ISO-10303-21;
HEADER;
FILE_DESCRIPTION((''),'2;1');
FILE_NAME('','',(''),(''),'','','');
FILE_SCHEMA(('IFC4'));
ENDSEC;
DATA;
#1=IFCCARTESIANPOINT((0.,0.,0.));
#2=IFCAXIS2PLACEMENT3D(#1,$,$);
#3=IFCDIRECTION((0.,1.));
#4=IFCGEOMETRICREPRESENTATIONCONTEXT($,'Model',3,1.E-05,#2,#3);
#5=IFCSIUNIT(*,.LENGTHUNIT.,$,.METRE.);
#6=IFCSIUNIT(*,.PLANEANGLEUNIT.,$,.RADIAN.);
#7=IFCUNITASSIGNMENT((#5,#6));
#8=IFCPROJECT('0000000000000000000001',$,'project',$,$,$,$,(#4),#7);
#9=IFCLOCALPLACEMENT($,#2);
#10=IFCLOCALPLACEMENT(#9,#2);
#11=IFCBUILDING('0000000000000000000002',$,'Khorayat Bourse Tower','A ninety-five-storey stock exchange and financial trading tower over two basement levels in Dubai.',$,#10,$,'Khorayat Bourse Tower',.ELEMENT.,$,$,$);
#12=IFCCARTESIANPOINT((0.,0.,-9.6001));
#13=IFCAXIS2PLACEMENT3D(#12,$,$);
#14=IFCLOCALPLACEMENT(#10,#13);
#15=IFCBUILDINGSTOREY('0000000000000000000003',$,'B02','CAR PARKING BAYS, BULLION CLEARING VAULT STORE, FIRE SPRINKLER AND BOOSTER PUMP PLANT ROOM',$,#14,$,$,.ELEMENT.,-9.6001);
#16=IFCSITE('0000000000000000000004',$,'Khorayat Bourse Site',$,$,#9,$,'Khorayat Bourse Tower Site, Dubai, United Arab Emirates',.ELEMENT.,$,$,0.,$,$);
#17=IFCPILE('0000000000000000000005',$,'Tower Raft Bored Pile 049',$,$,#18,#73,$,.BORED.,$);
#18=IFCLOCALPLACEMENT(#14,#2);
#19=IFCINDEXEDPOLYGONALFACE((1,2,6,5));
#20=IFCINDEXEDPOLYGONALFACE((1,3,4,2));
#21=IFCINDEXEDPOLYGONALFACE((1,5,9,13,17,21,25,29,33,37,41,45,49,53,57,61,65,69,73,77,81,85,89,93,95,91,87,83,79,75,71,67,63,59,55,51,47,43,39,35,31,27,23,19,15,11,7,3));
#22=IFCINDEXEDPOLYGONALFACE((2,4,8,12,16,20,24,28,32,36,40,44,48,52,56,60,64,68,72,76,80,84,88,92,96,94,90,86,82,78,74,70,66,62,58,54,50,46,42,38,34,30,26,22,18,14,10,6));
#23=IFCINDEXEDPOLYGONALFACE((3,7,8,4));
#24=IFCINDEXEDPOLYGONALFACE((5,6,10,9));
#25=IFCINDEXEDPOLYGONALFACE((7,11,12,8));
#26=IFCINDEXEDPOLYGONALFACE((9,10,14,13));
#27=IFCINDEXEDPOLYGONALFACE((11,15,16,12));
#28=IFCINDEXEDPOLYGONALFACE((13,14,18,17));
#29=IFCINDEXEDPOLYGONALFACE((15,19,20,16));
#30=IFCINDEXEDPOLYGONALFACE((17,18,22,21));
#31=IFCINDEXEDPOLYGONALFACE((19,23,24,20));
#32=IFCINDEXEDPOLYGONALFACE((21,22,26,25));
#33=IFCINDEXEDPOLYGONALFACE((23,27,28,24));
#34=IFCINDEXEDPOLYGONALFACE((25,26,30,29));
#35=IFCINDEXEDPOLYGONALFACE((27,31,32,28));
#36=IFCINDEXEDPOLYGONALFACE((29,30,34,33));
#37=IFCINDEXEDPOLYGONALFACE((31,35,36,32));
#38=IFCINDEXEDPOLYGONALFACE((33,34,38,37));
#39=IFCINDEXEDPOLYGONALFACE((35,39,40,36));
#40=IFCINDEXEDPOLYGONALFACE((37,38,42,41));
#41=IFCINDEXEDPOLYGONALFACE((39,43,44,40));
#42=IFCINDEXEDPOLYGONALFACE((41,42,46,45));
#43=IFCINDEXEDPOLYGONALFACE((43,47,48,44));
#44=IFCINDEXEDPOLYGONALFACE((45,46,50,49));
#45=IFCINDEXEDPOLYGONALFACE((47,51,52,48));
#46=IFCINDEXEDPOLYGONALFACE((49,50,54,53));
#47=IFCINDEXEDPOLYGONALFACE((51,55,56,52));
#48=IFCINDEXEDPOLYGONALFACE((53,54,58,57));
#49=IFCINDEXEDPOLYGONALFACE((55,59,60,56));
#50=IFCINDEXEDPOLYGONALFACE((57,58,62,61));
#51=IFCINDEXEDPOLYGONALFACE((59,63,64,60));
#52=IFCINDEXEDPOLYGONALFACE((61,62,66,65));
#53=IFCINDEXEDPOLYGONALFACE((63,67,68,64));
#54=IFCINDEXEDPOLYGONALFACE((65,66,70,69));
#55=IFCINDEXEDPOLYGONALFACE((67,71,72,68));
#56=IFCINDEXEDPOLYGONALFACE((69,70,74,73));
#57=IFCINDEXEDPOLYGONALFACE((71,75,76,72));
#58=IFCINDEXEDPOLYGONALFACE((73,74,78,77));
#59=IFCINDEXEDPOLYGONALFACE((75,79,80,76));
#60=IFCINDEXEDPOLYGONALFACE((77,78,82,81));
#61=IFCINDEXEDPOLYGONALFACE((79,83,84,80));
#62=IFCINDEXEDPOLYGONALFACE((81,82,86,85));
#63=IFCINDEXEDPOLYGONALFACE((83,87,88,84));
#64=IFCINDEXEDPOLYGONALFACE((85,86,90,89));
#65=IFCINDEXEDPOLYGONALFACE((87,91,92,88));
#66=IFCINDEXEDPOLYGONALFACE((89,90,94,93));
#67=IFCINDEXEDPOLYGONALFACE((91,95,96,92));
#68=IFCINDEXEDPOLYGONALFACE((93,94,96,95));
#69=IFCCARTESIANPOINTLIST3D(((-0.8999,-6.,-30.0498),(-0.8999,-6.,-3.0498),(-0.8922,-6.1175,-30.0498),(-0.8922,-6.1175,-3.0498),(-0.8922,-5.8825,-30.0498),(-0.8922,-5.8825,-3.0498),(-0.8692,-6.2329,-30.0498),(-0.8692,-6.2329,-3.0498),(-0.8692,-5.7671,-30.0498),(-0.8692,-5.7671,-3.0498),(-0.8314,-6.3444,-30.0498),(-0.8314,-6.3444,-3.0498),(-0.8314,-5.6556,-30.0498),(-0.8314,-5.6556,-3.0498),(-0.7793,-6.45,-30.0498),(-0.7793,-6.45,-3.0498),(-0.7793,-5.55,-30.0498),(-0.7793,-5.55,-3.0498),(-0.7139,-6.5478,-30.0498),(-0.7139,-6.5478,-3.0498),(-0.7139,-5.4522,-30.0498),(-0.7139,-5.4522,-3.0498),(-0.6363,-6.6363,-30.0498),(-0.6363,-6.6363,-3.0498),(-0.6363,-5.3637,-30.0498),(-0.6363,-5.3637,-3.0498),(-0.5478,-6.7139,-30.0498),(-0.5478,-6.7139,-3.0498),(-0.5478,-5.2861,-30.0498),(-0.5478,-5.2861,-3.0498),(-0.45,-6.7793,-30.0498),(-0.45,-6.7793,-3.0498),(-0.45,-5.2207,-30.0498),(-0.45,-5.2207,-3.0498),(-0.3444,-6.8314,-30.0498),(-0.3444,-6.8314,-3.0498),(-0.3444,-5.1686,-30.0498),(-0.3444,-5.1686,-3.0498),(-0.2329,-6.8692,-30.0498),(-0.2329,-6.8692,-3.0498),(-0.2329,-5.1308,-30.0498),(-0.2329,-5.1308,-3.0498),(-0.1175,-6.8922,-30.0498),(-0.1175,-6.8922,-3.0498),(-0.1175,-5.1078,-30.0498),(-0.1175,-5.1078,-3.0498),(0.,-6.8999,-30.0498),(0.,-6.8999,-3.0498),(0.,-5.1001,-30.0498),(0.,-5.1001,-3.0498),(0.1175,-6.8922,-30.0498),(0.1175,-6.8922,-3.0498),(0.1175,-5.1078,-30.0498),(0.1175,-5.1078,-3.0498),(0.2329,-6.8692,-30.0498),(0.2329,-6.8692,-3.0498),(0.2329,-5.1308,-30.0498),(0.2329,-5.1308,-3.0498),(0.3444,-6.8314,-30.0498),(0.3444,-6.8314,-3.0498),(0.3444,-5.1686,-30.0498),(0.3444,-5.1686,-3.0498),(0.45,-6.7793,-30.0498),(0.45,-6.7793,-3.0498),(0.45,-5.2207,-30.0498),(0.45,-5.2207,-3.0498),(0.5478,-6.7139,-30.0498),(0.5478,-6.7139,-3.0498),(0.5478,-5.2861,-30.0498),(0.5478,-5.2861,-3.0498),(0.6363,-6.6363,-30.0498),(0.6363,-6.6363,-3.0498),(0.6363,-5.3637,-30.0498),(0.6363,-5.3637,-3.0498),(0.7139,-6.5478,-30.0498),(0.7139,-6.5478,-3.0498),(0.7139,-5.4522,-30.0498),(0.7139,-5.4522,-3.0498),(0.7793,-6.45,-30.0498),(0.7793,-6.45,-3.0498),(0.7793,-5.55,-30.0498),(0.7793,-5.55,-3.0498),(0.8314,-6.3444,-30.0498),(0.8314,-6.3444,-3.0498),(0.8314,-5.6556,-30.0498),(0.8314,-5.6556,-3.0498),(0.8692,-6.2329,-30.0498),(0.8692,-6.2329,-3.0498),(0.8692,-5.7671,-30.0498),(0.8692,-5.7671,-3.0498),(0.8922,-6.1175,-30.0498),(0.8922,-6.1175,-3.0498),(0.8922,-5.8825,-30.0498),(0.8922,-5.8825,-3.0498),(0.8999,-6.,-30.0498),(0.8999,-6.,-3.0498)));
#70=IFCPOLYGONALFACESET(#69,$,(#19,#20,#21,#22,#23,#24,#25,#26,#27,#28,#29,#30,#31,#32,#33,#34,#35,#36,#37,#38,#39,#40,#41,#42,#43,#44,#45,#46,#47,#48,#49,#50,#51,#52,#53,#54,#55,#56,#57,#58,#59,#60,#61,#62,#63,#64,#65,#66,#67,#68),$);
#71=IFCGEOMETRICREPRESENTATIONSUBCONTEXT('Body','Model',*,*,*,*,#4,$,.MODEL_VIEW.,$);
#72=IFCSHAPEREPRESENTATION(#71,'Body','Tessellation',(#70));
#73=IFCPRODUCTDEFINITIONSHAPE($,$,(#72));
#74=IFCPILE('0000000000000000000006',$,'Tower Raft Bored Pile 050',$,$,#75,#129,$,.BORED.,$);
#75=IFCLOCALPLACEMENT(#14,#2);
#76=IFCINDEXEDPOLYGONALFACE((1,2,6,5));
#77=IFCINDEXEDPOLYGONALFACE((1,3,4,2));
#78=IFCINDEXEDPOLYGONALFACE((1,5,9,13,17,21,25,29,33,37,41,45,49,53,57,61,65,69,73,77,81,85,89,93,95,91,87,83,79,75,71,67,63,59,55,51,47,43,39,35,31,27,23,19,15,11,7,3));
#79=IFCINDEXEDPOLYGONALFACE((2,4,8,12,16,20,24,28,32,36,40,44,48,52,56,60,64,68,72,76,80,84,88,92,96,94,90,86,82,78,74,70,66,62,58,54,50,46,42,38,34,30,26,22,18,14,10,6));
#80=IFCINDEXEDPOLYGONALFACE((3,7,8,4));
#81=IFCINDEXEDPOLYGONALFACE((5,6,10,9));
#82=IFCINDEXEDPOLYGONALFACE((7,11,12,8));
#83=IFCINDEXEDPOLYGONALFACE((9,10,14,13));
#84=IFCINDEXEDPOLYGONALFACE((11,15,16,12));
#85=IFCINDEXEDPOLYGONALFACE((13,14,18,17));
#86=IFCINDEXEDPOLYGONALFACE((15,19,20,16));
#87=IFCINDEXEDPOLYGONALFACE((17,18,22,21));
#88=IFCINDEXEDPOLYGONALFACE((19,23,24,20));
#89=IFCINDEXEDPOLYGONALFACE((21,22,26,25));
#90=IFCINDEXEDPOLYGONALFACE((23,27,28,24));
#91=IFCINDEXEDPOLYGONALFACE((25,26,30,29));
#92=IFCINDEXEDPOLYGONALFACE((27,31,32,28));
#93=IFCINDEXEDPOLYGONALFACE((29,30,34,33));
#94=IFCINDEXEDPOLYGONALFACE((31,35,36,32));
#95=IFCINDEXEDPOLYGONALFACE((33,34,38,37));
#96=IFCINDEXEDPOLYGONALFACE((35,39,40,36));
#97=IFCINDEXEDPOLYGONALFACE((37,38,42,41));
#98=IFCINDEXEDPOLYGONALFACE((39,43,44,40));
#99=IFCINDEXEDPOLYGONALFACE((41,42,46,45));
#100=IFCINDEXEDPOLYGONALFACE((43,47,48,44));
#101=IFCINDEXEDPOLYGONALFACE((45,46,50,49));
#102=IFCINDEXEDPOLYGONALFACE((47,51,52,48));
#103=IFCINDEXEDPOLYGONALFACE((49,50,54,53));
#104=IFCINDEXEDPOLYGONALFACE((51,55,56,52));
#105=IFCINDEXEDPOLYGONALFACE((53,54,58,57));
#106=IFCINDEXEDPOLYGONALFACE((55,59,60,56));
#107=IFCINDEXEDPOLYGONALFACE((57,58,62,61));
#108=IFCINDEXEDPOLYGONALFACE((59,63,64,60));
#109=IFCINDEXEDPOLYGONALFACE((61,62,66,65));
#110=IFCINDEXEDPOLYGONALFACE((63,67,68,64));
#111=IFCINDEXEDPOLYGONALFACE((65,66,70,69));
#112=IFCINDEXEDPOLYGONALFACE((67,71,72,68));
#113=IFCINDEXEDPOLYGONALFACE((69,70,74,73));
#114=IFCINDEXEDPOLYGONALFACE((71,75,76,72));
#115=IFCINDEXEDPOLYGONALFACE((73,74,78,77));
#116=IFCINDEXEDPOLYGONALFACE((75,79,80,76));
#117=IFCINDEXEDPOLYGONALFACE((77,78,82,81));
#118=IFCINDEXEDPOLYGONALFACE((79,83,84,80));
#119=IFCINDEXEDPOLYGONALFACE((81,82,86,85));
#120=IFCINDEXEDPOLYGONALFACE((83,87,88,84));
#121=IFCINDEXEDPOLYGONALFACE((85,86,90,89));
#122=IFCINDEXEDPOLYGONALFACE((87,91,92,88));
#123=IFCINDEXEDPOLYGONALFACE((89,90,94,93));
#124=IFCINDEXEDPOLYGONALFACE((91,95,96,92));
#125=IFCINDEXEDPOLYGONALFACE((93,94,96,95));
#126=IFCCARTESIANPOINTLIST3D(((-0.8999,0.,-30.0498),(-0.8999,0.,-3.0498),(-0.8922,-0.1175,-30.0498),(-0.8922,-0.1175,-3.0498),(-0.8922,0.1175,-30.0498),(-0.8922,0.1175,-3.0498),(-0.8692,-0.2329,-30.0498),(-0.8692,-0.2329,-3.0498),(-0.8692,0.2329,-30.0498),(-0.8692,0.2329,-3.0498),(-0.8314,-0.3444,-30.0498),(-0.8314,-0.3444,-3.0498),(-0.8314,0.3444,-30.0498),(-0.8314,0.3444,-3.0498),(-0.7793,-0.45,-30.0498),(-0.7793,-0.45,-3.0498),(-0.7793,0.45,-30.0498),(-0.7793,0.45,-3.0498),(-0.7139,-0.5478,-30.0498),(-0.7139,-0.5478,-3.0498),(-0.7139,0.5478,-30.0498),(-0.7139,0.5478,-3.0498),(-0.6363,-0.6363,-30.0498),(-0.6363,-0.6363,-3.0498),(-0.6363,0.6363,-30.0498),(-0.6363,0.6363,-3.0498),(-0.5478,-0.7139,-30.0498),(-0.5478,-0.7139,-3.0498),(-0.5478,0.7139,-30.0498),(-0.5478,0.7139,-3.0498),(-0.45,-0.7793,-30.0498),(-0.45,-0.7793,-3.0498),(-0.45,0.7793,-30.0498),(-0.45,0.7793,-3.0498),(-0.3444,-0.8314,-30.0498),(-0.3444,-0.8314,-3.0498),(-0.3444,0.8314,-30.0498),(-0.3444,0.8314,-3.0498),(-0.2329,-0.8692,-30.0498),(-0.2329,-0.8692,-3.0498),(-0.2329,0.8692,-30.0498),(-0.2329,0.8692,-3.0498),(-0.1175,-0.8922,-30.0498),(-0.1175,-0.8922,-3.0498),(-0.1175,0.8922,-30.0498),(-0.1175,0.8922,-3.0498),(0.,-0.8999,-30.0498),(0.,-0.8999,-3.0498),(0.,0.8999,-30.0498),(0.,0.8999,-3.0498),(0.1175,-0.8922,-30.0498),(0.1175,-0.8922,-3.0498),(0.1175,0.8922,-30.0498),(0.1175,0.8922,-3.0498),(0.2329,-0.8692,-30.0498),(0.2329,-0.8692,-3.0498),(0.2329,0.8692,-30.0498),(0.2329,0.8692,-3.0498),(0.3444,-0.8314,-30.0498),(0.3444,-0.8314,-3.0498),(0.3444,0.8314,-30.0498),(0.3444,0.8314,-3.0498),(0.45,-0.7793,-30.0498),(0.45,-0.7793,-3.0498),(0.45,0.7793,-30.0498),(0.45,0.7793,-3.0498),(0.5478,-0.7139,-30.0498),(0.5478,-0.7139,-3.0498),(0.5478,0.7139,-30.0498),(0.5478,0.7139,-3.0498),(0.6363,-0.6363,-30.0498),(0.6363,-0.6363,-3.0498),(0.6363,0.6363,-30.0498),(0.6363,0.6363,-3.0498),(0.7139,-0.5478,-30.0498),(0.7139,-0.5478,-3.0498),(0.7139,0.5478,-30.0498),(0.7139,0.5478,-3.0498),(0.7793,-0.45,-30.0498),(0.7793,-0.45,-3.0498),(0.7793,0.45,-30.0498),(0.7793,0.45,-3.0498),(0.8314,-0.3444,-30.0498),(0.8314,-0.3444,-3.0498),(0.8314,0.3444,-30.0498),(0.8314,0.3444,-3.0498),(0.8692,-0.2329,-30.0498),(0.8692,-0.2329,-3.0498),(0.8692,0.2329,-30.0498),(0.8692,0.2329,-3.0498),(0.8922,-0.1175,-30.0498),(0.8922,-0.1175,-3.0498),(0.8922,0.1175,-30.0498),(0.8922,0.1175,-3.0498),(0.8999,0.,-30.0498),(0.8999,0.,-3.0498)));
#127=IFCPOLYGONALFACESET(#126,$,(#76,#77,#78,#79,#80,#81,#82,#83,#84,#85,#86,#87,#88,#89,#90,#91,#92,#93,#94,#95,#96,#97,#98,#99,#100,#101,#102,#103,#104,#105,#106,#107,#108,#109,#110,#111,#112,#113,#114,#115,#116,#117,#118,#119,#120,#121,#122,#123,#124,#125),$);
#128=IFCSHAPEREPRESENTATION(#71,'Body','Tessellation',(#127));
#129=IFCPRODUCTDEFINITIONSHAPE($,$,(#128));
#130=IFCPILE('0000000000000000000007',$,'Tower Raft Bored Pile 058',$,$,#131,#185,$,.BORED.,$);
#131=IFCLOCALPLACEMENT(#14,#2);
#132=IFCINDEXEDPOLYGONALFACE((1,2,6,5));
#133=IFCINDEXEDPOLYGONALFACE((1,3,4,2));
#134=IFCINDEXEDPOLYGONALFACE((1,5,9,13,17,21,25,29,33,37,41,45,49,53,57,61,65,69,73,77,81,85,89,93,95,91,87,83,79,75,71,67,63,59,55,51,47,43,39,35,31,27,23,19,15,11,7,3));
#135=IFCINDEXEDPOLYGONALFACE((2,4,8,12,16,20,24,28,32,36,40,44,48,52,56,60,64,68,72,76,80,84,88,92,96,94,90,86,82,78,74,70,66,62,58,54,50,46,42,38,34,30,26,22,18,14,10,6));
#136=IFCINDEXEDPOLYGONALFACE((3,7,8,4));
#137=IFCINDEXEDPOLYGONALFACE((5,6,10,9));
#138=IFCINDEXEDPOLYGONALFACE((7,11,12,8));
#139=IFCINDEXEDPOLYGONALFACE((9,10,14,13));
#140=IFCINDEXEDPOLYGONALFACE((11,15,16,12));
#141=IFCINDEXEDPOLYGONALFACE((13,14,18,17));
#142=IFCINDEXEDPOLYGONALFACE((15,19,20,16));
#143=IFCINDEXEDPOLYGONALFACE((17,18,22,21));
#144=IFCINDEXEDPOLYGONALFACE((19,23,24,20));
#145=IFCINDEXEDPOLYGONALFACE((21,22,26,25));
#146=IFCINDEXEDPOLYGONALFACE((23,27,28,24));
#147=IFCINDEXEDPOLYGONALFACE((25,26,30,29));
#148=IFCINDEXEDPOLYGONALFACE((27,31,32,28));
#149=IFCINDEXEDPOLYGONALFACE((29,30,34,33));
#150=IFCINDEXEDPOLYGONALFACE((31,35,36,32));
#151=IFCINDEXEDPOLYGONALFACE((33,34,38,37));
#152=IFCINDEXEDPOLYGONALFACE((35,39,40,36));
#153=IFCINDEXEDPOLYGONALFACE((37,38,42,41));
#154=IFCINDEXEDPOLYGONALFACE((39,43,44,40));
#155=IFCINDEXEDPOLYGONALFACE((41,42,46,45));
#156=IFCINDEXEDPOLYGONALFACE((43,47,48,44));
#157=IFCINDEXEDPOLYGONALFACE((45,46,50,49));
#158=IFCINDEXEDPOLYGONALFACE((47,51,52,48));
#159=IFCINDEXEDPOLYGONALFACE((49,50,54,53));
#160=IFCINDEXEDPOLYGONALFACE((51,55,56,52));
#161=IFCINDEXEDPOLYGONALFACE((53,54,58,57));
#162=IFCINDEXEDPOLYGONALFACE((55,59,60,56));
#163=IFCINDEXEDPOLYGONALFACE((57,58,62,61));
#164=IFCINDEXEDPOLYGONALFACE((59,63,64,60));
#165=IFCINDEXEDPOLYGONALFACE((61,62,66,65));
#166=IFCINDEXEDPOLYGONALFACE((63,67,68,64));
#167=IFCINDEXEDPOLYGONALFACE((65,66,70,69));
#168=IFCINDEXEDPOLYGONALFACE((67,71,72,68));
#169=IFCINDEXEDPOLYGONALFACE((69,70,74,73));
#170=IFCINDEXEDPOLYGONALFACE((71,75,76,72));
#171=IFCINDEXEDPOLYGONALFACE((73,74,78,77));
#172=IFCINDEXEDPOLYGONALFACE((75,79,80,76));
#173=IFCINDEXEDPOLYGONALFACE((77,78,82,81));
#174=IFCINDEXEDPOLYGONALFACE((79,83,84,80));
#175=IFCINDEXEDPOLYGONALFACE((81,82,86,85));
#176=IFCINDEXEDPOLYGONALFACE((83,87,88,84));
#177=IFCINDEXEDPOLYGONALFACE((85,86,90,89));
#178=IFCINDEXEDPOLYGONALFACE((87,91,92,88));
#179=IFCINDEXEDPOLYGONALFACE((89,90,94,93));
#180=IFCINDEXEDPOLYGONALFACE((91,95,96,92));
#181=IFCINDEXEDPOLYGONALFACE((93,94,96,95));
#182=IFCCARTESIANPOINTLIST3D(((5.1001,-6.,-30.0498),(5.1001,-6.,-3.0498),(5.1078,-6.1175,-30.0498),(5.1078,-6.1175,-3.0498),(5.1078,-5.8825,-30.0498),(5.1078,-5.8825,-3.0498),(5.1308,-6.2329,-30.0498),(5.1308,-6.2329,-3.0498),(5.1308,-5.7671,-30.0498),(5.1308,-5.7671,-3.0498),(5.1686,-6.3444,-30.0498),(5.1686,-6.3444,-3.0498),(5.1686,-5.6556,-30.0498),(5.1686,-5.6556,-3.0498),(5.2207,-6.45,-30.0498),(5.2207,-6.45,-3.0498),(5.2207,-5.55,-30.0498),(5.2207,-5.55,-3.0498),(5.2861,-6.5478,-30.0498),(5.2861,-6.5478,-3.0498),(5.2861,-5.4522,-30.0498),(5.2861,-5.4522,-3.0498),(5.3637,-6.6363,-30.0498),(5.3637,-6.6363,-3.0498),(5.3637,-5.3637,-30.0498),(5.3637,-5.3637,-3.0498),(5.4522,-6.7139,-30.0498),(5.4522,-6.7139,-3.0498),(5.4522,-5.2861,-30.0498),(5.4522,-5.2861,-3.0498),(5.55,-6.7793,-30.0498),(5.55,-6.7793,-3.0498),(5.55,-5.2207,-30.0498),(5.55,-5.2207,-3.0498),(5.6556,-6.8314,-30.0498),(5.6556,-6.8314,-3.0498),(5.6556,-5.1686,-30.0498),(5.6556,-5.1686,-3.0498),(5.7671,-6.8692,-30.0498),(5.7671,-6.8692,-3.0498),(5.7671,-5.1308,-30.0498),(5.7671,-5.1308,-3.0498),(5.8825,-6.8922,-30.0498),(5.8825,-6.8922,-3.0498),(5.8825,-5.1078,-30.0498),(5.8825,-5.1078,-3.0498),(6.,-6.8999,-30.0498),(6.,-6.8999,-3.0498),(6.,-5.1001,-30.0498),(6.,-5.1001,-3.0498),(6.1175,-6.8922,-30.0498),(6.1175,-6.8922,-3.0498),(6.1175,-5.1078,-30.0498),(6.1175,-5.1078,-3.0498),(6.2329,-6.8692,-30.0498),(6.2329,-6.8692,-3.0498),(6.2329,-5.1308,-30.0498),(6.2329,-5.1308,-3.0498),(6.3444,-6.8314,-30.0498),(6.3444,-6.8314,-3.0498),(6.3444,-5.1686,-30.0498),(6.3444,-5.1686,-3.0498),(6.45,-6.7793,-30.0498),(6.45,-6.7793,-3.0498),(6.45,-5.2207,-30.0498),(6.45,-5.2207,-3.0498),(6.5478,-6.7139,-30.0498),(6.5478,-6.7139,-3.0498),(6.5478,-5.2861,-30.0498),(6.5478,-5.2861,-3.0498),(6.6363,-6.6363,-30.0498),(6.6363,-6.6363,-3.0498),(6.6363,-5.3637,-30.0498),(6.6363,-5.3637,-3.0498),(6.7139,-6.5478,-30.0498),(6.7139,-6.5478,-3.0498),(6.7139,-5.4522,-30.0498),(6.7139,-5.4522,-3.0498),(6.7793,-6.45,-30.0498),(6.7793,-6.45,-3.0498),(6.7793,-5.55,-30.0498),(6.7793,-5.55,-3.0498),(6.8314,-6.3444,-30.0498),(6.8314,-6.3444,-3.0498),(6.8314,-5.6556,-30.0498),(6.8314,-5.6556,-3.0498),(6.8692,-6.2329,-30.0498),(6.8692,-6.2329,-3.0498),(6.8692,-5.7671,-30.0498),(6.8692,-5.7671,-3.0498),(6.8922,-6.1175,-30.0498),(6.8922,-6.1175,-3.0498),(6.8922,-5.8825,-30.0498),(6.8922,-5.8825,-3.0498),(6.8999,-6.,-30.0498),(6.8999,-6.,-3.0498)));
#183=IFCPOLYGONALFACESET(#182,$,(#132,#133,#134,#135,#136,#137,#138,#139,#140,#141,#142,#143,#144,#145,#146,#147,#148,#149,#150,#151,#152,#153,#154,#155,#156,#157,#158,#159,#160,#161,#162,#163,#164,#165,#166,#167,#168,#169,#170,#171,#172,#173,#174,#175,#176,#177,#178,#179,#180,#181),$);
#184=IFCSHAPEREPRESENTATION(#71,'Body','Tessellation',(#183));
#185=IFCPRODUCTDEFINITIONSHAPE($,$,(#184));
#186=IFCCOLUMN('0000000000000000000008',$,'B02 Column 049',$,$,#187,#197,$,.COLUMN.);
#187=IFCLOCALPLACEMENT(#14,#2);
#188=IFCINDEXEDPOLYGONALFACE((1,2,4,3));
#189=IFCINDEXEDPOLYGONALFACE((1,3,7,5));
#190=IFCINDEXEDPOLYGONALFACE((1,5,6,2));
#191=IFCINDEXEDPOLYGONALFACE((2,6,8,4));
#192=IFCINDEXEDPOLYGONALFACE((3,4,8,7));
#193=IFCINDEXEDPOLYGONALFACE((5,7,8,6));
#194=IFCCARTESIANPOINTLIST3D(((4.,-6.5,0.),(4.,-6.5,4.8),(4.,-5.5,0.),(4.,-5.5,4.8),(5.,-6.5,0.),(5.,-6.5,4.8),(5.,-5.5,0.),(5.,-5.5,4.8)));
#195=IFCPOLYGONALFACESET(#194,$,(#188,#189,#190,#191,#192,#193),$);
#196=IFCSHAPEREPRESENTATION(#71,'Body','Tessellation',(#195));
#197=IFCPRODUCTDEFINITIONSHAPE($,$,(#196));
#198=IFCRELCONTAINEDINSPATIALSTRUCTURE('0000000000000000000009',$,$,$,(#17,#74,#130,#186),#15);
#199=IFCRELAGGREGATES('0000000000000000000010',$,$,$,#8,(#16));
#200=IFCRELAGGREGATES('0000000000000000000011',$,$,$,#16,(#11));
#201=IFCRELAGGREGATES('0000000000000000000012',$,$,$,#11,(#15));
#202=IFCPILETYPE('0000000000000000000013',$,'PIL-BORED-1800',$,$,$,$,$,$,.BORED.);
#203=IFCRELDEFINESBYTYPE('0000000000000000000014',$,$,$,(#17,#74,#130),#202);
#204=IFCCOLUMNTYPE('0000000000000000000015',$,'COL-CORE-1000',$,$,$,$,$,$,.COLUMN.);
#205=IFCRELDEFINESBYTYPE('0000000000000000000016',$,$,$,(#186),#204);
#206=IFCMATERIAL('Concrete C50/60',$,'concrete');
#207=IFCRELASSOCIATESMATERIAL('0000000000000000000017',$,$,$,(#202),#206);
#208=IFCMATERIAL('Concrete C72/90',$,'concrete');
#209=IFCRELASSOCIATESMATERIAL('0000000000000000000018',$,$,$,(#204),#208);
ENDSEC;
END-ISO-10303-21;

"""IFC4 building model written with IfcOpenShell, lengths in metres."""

from ifc_helpers import new_model, si_unit, direction, frame, origin, origin_2d, place, context, subcontext, project, spatial, rectangle, circle, extrude, source, transform, mapped, material, material_profile, profile_set, type_object, element, save


model = new_model("IFC4")

# Units and contexts
model_context = context("Model", 3, precision=1e-05, world=origin(), true_north=direction((0.0, 1.0)))
body_context = subcontext(model_context, "Body", "Model", "MODEL_VIEW")
ifc_project = project(units=[si_unit("LENGTHUNIT", "METRE"), si_unit("PLANEANGLEUNIT", "RADIAN")], contexts=[model_context])

# Site, building, storey
site_placement = place(None, origin())
site = spatial("IfcSite", under=ifc_project, at=site_placement, Name="Khorayat Bourse Site", LongName="Khorayat Bourse Tower Site, Dubai, United Arab Emirates", CompositionType="ELEMENT", RefElevation=0.0)
building_placement = place(site_placement, origin())
building = spatial("IfcBuilding", under=site, at=building_placement, Name="Khorayat Bourse Tower", Description="A ninety-five-storey stock exchange and financial trading tower over two basement levels in Dubai.", LongName="Khorayat Bourse Tower", CompositionType="ELEMENT")
storey_placement = place(building_placement, frame((0.0, 0.0, -9.6001)))
storey = spatial("IfcBuildingStorey", under=building, at=storey_placement, Name="B02", Description="CAR PARKING BAYS, BULLION CLEARING VAULT STORE, FIRE SPRINKLER AND BOOSTER PUMP PLANT ROOM", CompositionType="ELEMENT", Elevation=-9.6001)

# Piles
ifc_material_1 = material(Name="Concrete C50/60", Category="concrete")
ifc_material_profile_1 = material_profile(ifc_material_1, circle(Radius=0.8999, at=origin_2d()), Name="BORED PILE D1800")
ifc_profile_set_1 = profile_set([ifc_material_profile_1], Name="Concrete C50/60")
pile_type = type_object("IfcPileType", Name="PIL-BORED-1800", PredefinedType="BORED", material=ifc_profile_set_1)
shared_shape_1 = source(origin(), body_context, "Body", "SweptSolid", [
    extrude(circle(Radius=0.8999, at=origin_2d()), origin(), (0.0, 0.0, 1.0), 27.0),
])
for number, where, z_axis, x_axis, name in (
    (1, (0.0, -6.0, -3.0498), (0.0, 0.0, -1.0), (1.0, 0.0, 0.0), "Tower Raft Bored Pile 049"),
    (2, (0.0, 0.0, -3.0498), (0.0, 0.0, -1.0), (1.0, 0.0, 0.0), "Tower Raft Bored Pile 050"),
    (3, (6.0, -6.0, -3.0498), (0.0, 0.0, -1.0), (1.0, 0.0, 0.0), "Tower Raft Bored Pile 058"),
):
    element("IfcPile", number, at=place(storey_placement, frame(where, z_axis=z_axis, x_axis=x_axis)), inside=storey, type_object=pile_type, Name=name, PredefinedType="BORED", context=body_context, shape_type="MappedRepresentation", body=[
        mapped(shared_shape_1, transform((0.0, 0.0, 0.0), scale=1.0)),
    ])

# Column
ifc_material_2 = material(Name="Concrete C72/90", Category="concrete")
ifc_material_profile_2 = material_profile(ifc_material_2, rectangle(XDim=1.0, YDim=1.0, at=origin_2d()), Name="RC 1000x1000")
ifc_profile_set_2 = profile_set([ifc_material_profile_2], Name="Concrete C72/90")
column_type = type_object("IfcColumnType", Name="COL-CORE-1000", PredefinedType="COLUMN", material=ifc_profile_set_2)
shared_shape_2 = source(origin(), body_context, "Body", "SweptSolid", [
    extrude(rectangle(XDim=1.0, YDim=1.0, at=origin_2d()), origin(), (0.0, 0.0, 1.0), 4.8),
])
column_placement = place(storey_placement, frame((4.5, -6.0, 0.0), z_axis=(0.0, 0.0, 1.0), x_axis=(1.0, 0.0, 0.0)))
element("IfcColumn", 4, at=column_placement, inside=storey, type_object=column_type, Name="B02 Column 049", PredefinedType="COLUMN", context=body_context, shape_type="MappedRepresentation", body=[
    mapped(shared_shape_2, transform((0.0, 0.0, 0.0), scale=1.0)),
])

save(model, "model.ifc")
